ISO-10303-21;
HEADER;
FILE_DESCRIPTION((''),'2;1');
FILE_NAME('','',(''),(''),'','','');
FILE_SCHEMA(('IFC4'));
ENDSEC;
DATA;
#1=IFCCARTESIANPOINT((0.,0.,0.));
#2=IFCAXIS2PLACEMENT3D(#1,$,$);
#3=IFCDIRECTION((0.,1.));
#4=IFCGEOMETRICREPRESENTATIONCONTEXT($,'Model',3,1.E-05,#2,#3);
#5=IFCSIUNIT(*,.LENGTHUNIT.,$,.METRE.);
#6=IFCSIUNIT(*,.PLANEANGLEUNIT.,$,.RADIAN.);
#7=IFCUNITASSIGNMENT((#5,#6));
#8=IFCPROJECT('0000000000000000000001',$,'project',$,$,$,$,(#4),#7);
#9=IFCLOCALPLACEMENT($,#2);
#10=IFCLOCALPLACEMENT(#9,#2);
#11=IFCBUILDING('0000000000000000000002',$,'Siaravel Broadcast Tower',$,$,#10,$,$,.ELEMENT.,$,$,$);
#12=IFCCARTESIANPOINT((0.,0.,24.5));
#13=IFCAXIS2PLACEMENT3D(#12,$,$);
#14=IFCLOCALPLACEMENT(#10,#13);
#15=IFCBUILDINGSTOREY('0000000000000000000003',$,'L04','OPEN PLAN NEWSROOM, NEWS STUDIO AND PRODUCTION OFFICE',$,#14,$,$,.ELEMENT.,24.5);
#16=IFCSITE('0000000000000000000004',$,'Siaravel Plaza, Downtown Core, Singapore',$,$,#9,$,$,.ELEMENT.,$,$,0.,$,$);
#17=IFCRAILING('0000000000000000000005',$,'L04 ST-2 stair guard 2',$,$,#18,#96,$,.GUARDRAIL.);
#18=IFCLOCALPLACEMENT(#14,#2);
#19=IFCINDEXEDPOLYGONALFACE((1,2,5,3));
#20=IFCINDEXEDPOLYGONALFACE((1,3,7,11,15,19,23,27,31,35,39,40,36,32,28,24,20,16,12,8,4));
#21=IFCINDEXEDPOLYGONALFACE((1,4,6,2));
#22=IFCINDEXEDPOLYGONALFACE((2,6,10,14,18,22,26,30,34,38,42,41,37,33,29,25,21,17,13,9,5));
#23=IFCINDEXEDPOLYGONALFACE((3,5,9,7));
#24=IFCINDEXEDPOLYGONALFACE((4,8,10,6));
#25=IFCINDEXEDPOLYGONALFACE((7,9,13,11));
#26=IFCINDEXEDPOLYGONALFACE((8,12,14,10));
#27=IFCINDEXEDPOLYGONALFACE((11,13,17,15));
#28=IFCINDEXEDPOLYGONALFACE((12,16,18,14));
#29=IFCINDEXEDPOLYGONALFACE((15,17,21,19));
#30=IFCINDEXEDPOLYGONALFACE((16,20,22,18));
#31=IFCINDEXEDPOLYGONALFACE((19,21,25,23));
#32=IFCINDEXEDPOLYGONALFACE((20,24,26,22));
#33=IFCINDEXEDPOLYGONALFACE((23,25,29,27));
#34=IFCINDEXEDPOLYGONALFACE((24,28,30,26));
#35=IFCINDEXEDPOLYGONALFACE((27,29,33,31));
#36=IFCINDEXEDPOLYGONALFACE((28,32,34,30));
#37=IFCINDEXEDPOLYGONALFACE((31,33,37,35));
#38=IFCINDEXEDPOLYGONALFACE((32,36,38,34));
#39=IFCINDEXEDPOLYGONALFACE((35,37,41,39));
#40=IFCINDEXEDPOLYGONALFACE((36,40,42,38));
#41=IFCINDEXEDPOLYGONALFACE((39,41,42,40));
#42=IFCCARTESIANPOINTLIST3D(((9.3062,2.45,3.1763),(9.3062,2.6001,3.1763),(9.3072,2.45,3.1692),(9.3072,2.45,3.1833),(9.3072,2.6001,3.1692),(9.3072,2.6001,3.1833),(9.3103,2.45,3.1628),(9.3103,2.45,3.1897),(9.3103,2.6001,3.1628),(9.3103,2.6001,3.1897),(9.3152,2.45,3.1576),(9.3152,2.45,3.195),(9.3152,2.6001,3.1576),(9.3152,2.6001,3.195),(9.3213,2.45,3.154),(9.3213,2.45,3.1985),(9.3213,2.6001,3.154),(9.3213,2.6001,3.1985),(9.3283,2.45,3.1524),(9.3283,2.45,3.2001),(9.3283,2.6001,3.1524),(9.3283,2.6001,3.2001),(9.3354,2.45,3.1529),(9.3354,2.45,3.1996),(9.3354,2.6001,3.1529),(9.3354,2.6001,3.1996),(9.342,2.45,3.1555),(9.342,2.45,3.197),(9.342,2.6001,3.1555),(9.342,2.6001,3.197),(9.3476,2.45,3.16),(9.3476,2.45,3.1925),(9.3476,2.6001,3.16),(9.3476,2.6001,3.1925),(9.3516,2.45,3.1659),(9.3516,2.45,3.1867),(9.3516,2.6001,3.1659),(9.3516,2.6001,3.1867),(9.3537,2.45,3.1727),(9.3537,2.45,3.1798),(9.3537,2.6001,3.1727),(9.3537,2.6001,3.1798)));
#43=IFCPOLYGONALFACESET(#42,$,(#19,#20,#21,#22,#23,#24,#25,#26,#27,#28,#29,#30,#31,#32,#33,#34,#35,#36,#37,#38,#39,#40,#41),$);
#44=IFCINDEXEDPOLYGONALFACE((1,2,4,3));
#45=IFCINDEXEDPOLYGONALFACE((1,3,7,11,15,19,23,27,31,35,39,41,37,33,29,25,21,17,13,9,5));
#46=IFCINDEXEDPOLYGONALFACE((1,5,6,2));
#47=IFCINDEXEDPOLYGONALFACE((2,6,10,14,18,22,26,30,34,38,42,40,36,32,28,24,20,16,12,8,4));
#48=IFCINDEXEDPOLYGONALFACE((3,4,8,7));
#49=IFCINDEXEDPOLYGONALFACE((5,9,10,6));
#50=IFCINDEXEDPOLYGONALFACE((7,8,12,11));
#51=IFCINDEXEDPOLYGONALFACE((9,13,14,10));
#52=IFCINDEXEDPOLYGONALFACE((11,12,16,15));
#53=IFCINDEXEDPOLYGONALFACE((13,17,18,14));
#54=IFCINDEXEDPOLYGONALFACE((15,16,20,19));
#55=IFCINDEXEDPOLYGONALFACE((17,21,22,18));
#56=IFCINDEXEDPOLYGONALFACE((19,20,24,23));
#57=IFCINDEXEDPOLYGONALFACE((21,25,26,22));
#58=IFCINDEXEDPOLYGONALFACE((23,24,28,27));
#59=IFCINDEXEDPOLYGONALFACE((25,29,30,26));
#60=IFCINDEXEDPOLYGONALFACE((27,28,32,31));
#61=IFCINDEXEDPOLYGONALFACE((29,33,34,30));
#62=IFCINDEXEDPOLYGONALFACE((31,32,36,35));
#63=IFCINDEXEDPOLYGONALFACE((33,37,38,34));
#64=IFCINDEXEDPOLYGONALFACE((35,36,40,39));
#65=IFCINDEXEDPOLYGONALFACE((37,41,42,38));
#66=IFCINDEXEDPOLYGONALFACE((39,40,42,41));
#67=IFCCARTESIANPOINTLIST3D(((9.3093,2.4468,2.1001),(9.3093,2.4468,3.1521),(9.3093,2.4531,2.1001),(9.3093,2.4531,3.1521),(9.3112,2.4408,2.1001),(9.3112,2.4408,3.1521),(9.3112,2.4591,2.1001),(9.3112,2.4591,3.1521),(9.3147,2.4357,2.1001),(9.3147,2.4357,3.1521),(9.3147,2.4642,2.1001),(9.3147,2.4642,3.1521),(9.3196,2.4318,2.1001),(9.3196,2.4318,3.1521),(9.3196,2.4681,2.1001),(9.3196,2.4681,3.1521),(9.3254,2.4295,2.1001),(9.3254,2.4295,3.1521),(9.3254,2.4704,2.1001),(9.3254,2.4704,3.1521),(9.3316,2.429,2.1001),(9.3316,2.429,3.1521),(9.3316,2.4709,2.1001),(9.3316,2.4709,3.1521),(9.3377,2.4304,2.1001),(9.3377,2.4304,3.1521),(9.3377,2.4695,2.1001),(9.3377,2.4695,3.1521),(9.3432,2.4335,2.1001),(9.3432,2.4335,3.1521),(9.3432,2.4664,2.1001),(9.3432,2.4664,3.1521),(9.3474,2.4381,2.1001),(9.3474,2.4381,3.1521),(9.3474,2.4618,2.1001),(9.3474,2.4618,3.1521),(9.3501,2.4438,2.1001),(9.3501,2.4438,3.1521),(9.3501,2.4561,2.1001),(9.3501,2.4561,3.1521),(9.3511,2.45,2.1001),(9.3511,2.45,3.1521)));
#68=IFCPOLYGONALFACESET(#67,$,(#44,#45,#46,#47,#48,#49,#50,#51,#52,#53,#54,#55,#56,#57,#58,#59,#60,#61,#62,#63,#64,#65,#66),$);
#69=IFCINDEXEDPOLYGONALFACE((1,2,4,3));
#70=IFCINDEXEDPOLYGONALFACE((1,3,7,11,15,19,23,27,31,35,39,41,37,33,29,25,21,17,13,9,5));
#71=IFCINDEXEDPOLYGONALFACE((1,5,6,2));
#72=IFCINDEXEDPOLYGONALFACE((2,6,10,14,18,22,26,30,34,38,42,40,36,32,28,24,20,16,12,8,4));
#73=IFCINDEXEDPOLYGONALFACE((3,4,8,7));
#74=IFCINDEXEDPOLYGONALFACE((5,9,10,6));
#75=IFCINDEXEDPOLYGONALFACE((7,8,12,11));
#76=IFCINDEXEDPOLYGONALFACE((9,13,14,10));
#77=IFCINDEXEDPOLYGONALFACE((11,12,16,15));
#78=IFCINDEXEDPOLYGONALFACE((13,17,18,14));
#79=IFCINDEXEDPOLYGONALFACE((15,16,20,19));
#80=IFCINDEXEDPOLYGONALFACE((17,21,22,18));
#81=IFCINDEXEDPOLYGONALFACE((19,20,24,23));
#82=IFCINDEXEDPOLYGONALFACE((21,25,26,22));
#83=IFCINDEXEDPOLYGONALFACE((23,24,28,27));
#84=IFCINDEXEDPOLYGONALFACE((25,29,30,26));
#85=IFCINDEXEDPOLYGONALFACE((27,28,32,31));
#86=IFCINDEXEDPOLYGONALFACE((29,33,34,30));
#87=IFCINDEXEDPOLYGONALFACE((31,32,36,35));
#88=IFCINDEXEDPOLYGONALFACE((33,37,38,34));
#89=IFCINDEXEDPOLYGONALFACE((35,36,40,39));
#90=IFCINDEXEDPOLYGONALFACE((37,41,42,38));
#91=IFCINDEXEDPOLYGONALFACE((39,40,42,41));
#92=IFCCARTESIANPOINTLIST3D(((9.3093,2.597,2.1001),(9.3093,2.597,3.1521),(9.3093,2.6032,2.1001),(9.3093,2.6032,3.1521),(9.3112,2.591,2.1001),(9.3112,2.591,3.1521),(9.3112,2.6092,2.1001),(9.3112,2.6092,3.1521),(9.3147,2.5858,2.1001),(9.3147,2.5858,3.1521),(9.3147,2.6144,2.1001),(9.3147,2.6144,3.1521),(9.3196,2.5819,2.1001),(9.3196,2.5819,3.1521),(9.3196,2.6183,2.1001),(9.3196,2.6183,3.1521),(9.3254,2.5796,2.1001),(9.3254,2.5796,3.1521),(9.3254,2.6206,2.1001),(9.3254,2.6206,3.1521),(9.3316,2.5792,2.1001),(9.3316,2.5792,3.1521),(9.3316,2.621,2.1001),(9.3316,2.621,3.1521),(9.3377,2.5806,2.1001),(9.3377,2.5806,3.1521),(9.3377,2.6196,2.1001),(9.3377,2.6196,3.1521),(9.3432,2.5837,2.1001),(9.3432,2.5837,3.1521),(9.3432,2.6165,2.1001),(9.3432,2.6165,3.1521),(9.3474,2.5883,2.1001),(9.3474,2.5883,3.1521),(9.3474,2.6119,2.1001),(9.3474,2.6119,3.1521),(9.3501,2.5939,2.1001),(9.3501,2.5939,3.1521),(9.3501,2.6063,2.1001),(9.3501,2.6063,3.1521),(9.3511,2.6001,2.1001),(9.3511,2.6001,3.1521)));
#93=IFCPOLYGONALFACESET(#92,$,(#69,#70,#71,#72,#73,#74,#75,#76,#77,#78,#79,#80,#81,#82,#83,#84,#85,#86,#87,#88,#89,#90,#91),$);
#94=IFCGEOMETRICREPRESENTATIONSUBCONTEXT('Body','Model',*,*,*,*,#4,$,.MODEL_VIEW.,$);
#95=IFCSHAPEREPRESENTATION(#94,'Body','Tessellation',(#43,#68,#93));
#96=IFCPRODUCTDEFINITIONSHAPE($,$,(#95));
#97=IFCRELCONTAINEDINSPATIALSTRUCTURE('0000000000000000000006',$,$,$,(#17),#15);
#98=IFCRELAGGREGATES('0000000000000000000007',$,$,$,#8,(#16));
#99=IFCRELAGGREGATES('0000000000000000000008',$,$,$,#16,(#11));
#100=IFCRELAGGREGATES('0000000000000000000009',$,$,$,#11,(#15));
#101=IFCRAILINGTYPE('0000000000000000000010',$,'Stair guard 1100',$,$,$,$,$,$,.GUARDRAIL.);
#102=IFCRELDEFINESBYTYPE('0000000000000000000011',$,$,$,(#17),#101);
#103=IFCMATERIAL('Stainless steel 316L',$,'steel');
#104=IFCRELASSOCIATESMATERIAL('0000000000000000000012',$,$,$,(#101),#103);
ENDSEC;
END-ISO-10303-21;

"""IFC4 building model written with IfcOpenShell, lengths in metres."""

from ifc_helpers import new_model, si_unit, direction, frame, origin, origin_2d, place, context, subcontext, project, spatial, circle, extrude, material, type_object, element, save


model = new_model("IFC4")

# Units and contexts
model_context = context("Model", 3, precision=1e-05, world=origin(), true_north=direction((0.0, 1.0)))
body_context = subcontext(model_context, "Body", "Model", "MODEL_VIEW")
ifc_project = project(units=[si_unit("LENGTHUNIT", "METRE"), si_unit("PLANEANGLEUNIT", "RADIAN")], contexts=[model_context])

# Site, building, storey
site_placement = place(None, origin())
site = spatial("IfcSite", under=ifc_project, at=site_placement, Name="Siaravel Plaza, Downtown Core, Singapore", CompositionType="ELEMENT", RefElevation=0.0)
building_placement = place(site_placement, origin())
building = spatial("IfcBuilding", under=site, at=building_placement, Name="Siaravel Broadcast Tower", CompositionType="ELEMENT")
storey_placement = place(building_placement, frame((0.0, 0.0, 24.5)))
storey = spatial("IfcBuildingStorey", under=building, at=storey_placement, Name="L04", Description="OPEN PLAN NEWSROOM, NEWS STUDIO AND PRODUCTION OFFICE", CompositionType="ELEMENT", Elevation=24.5)

# Railing
ifc_material_1 = material(Name="Stainless steel 316L", Category="steel")
railing_type_1 = type_object("IfcRailingType", Name="Stair guard 1100", PredefinedType="GUARDRAIL", material=ifc_material_1)
railing_1_placement = place(storey_placement, frame((9.3301, 2.45, 2.1001)))
element("IfcRailing", 1, at=railing_1_placement, inside=storey, type_object=railing_type_1, Name="L04 ST-2 stair guard 2", PredefinedType="GUARDRAIL", context=body_context, shape_type="SweptSolid", body=[
    extrude(circle(Radius=0.0239, at=origin_2d()), frame((0.0, 0.0, 1.0762), z_axis=(0.0, 1.0, 0.0), x_axis=(-1.0, 0.0, 0.0)), (0.0, 0.0, 1.0), 0.1501),
    extrude(circle(Radius=0.021, at=origin_2d()), origin(), (0.0, 0.0, 1.0), 1.052),
    extrude(circle(Radius=0.021, at=origin_2d()), frame((0.0, 0.1501, 0.0)), (0.0, 0.0, 1.0), 1.052),
])

save(model, "model.ifc")
